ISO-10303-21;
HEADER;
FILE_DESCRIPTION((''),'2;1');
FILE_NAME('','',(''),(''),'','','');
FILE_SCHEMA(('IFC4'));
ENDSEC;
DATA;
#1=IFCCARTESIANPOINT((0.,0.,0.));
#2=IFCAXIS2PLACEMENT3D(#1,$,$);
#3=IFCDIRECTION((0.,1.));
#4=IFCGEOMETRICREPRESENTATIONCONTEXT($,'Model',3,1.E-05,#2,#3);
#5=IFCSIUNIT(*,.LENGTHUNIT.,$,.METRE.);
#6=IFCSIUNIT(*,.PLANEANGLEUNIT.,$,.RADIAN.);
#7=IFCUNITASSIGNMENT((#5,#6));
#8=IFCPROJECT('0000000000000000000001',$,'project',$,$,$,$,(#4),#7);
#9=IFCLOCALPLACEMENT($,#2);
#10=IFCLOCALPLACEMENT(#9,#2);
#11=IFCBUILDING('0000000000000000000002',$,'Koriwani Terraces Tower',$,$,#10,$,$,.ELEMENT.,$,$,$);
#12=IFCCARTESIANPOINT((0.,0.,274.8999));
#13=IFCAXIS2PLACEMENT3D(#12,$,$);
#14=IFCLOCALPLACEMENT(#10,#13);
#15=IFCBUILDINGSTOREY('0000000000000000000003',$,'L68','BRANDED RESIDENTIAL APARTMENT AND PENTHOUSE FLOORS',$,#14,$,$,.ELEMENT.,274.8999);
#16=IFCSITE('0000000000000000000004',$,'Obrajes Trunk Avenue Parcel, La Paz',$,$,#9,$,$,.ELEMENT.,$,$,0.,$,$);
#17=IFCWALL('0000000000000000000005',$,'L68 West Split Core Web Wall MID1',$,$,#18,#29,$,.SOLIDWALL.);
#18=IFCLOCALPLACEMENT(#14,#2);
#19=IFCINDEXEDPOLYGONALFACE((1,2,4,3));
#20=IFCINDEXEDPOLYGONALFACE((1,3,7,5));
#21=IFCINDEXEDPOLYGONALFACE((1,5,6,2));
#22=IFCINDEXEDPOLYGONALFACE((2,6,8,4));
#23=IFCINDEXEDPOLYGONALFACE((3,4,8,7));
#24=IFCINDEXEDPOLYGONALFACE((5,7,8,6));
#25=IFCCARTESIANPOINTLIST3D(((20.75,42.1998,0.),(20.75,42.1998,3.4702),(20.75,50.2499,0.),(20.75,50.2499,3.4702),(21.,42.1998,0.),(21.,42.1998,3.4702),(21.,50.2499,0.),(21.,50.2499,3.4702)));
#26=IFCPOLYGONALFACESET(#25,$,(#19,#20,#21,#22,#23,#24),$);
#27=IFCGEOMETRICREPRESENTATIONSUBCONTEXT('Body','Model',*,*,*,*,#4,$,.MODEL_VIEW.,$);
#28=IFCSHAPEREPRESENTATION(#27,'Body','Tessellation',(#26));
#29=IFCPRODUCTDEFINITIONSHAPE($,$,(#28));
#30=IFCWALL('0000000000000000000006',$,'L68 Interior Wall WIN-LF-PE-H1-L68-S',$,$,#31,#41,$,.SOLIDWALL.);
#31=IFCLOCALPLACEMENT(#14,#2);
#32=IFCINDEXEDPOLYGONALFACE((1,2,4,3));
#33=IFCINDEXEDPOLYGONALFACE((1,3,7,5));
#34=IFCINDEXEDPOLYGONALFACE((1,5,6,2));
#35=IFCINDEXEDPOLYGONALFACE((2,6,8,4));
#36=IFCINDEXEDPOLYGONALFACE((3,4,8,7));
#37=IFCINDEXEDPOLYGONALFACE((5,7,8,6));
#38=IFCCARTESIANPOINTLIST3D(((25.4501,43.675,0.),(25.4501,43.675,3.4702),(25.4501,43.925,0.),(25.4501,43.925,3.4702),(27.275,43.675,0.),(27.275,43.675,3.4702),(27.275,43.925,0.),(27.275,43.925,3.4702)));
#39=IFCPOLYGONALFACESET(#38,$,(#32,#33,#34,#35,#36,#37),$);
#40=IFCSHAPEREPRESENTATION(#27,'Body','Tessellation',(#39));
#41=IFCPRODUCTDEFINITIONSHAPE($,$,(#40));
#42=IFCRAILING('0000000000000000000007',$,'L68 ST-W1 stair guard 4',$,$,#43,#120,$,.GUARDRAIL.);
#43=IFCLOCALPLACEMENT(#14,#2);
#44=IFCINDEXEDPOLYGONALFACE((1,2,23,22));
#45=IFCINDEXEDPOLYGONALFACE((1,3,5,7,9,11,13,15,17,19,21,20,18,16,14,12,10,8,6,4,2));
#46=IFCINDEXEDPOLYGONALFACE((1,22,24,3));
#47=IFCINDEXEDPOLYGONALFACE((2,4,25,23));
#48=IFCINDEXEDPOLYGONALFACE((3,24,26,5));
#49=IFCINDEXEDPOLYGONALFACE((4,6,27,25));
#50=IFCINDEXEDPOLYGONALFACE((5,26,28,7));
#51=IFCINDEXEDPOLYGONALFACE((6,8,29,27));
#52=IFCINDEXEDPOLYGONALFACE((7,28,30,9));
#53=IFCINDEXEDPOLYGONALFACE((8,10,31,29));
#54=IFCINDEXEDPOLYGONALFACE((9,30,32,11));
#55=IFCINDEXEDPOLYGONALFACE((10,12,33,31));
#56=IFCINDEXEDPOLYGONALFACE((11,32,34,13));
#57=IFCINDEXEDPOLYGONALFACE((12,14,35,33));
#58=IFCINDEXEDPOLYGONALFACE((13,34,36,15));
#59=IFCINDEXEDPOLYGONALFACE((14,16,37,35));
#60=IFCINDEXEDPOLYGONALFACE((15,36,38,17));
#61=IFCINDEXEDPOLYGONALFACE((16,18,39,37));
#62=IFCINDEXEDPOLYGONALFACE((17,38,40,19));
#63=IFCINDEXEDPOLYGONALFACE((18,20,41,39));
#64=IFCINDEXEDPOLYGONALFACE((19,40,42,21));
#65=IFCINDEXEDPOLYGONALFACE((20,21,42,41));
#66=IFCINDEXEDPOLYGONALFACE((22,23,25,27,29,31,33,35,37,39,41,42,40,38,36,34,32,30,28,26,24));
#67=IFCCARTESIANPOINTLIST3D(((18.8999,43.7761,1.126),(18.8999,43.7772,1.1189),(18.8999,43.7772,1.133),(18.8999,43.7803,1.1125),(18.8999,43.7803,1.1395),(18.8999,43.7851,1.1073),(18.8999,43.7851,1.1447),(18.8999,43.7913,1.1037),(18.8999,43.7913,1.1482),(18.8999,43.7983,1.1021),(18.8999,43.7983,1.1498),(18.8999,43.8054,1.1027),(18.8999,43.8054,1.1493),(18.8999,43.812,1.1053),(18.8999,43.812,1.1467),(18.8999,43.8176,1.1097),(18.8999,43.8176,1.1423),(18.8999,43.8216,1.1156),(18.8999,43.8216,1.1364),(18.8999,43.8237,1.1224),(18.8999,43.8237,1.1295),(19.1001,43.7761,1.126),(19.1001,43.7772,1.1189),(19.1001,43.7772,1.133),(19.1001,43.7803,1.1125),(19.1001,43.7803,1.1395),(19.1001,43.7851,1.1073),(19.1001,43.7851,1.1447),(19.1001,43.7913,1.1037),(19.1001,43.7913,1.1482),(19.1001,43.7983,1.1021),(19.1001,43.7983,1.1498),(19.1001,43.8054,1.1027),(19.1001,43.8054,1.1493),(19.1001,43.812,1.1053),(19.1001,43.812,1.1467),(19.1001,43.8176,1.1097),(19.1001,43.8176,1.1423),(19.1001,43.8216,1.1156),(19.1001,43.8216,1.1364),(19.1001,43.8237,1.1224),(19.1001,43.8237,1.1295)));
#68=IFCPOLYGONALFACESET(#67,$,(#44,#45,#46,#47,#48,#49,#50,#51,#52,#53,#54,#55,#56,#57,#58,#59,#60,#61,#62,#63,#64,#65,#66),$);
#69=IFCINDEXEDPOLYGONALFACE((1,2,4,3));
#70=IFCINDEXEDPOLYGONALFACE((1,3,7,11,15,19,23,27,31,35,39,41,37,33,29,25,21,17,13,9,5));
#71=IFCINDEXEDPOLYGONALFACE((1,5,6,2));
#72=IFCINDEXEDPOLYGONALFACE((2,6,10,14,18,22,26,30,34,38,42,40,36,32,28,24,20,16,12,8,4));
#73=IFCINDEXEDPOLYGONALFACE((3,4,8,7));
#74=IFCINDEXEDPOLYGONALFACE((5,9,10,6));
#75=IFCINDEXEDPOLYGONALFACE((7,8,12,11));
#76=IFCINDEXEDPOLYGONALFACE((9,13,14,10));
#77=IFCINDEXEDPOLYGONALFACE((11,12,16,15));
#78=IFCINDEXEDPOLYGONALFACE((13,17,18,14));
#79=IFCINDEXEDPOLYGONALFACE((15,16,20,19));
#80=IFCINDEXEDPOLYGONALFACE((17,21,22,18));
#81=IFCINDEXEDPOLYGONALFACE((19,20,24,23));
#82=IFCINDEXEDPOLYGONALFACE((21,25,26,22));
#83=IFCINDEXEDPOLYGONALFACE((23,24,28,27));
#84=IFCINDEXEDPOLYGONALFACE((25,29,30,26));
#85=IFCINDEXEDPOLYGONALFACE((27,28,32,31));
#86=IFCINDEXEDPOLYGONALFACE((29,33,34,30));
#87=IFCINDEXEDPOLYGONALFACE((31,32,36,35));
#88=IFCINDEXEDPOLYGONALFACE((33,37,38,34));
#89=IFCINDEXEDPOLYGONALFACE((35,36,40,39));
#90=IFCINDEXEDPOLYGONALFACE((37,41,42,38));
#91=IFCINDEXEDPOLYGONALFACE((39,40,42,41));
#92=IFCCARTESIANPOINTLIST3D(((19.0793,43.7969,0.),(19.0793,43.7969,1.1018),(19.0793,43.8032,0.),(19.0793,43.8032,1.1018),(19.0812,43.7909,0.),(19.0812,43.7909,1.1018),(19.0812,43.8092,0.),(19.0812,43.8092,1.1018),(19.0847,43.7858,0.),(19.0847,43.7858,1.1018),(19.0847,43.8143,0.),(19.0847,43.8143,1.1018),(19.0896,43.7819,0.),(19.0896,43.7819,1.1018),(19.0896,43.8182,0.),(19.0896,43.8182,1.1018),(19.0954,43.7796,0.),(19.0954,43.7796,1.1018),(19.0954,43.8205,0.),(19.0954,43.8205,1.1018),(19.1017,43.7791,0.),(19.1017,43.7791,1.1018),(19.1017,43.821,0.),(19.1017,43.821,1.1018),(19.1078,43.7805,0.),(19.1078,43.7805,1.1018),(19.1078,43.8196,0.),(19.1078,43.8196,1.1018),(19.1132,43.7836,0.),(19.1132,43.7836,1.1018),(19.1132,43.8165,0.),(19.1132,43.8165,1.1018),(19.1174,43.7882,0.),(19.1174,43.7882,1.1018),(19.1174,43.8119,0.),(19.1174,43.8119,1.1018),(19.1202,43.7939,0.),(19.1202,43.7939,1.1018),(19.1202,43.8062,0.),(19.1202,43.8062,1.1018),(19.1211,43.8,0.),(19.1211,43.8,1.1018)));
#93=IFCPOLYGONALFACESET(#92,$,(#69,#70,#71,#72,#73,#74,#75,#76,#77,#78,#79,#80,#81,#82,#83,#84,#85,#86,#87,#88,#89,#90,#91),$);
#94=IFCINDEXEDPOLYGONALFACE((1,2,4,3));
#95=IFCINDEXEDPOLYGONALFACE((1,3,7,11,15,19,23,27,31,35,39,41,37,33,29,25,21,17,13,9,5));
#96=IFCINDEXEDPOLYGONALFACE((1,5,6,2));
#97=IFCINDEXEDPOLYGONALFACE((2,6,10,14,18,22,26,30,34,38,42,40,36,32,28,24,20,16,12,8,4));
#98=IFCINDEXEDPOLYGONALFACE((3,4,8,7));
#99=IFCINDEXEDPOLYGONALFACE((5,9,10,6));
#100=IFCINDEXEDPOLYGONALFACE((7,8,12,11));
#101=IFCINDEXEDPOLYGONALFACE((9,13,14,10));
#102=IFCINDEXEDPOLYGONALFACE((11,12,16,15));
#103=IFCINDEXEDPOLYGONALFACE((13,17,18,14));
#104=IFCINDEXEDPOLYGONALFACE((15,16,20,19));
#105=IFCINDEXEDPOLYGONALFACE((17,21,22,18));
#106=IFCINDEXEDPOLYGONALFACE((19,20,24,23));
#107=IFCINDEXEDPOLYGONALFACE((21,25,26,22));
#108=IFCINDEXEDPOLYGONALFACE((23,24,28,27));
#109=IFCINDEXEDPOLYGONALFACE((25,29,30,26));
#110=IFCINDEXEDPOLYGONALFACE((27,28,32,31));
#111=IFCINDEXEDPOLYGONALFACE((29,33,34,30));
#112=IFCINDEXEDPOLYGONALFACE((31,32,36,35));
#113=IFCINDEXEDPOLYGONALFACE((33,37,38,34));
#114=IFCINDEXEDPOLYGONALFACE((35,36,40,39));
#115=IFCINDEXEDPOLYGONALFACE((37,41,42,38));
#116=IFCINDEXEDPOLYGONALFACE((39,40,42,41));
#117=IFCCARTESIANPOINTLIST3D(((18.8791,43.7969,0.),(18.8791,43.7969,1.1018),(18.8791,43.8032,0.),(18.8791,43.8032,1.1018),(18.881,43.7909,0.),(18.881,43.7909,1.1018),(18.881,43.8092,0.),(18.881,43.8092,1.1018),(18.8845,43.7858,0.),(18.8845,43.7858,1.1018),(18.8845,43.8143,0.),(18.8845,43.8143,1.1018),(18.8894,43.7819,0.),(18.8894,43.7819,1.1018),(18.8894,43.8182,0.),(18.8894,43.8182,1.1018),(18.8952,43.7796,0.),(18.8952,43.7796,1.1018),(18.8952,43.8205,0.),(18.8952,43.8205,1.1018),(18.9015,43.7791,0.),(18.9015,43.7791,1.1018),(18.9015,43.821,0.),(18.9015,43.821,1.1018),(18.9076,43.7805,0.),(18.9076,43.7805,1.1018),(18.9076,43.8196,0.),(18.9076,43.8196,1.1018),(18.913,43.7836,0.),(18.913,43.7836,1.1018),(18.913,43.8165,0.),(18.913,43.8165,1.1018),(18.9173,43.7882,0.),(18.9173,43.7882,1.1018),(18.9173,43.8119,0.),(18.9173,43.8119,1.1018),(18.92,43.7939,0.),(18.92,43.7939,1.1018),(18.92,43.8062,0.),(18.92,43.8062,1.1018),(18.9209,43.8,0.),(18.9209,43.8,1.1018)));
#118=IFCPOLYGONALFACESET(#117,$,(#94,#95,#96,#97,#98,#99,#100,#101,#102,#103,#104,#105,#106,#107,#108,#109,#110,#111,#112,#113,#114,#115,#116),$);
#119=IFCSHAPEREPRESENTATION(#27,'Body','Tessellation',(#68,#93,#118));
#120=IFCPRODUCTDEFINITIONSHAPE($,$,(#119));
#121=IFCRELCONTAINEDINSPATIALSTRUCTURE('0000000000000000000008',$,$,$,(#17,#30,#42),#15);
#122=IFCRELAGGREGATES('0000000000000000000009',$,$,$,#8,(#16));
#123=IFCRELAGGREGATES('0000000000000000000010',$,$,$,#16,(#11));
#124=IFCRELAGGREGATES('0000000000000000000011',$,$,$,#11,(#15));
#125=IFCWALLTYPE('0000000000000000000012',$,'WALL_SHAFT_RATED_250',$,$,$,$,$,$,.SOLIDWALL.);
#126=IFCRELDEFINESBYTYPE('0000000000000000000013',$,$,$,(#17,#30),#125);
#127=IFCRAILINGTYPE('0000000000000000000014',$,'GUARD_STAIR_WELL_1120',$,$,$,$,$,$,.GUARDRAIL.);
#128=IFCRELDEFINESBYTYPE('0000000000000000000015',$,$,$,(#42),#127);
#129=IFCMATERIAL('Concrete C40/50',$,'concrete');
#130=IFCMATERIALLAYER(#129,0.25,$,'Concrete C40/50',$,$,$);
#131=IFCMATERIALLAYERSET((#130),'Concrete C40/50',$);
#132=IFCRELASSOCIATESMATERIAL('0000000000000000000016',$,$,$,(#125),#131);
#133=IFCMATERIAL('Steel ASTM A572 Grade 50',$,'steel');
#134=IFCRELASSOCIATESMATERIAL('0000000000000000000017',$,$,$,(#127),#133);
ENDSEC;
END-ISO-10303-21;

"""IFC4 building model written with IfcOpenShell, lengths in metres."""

from ifc_helpers import new_model, si_unit, direction, frame, frame_2d, origin, origin_2d, place, context, subcontext, project, spatial, rectangle, circle, extrude, material, layer, layer_set, type_object, element, save


model = new_model("IFC4")

# Units and contexts
model_context = context("Model", 3, precision=1e-05, world=origin(), true_north=direction((0.0, 1.0)))
body_context = subcontext(model_context, "Body", "Model", "MODEL_VIEW")
ifc_project = project(units=[si_unit("LENGTHUNIT", "METRE"), si_unit("PLANEANGLEUNIT", "RADIAN")], contexts=[model_context])

# Site, building, storey
site_placement = place(None, origin())
site = spatial("IfcSite", under=ifc_project, at=site_placement, Name="Obrajes Trunk Avenue Parcel, La Paz", CompositionType="ELEMENT", RefElevation=0.0)
building_placement = place(site_placement, origin())
building = spatial("IfcBuilding", under=site, at=building_placement, Name="Koriwani Terraces Tower", CompositionType="ELEMENT")
storey_placement = place(building_placement, frame((0.0, 0.0, 274.8999)))
storey = spatial("IfcBuildingStorey", under=building, at=storey_placement, Name="L68", Description="BRANDED RESIDENTIAL APARTMENT AND PENTHOUSE FLOORS", CompositionType="ELEMENT", Elevation=274.8999)

# Shared definitions
ifc_material_1 = material(Name="Steel ASTM A572 Grade 50", Category="steel")

# Wall
ifc_material_2 = material(Name="Concrete C40/50", Category="concrete")
ifc_layer_1 = layer(ifc_material_2, 0.25, Name="Concrete C40/50")
ifc_layer_set_1 = layer_set([ifc_layer_1], Name="Concrete C40/50")
wall_type_1 = type_object("IfcWallType", Name="WALL_SHAFT_RATED_250", PredefinedType="SOLIDWALL", material=ifc_layer_set_1)
wall_1_placement = place(storey_placement, frame((20.875, 42.2, 0.0), z_axis=(0.0, 0.0, 1.0), x_axis=(0.0, 1.0, 0.0)))
element("IfcWall", 1, at=wall_1_placement, inside=storey, type_object=wall_type_1, Name="L68 West Split Core Web Wall MID1", PredefinedType="SOLIDWALL", context=body_context, shape_type="SweptSolid", body=[
    extrude(rectangle(XDim=8.05, YDim=0.25, at=frame_2d((4.0249, 0.0))), origin(), (0.0, 0.0, 1.0), 3.4702),
])

# Wall
wall_2_placement = place(storey_placement, frame((25.45, 43.8, 0.0), z_axis=(0.0, 0.0, 1.0), x_axis=(1.0, 0.0, 0.0)))
element("IfcWall", 2, at=wall_2_placement, inside=storey, type_object=wall_type_1, Name="L68 Interior Wall WIN-LF-PE-H1-L68-S", PredefinedType="SOLIDWALL", context=body_context, shape_type="SweptSolid", body=[
    extrude(rectangle(XDim=1.825, YDim=0.25, at=frame_2d((0.9126, 0.0))), origin(), (0.0, 0.0, 1.0), 3.4702),
])

# Railing
railing_type = type_object("IfcRailingType", Name="GUARD_STAIR_WELL_1120", PredefinedType="GUARDRAIL", material=ifc_material_1)
railing_placement = place(storey_placement, frame((19.1001, 43.8, 0.0)))
element("IfcRailing", 3, at=railing_placement, inside=storey, type_object=railing_type, Name="L68 ST-W1 stair guard 4", PredefinedType="GUARDRAIL", context=body_context, shape_type="SweptSolid", body=[
    extrude(circle(Radius=0.0239, at=origin_2d()), frame((0.0, 0.0, 1.126), z_axis=(-1.0, 0.0, 0.0), x_axis=(0.0, -1.0, 0.0)), (0.0, 0.0, 1.0), 0.2002),
    extrude(circle(Radius=0.021, at=origin_2d()), origin(), (0.0, 0.0, 1.0), 1.1018),
    extrude(circle(Radius=0.021, at=origin_2d()), frame((-0.2002, 0.0, 0.0)), (0.0, 0.0, 1.0), 1.1018),
])

save(model, "model.ifc")
